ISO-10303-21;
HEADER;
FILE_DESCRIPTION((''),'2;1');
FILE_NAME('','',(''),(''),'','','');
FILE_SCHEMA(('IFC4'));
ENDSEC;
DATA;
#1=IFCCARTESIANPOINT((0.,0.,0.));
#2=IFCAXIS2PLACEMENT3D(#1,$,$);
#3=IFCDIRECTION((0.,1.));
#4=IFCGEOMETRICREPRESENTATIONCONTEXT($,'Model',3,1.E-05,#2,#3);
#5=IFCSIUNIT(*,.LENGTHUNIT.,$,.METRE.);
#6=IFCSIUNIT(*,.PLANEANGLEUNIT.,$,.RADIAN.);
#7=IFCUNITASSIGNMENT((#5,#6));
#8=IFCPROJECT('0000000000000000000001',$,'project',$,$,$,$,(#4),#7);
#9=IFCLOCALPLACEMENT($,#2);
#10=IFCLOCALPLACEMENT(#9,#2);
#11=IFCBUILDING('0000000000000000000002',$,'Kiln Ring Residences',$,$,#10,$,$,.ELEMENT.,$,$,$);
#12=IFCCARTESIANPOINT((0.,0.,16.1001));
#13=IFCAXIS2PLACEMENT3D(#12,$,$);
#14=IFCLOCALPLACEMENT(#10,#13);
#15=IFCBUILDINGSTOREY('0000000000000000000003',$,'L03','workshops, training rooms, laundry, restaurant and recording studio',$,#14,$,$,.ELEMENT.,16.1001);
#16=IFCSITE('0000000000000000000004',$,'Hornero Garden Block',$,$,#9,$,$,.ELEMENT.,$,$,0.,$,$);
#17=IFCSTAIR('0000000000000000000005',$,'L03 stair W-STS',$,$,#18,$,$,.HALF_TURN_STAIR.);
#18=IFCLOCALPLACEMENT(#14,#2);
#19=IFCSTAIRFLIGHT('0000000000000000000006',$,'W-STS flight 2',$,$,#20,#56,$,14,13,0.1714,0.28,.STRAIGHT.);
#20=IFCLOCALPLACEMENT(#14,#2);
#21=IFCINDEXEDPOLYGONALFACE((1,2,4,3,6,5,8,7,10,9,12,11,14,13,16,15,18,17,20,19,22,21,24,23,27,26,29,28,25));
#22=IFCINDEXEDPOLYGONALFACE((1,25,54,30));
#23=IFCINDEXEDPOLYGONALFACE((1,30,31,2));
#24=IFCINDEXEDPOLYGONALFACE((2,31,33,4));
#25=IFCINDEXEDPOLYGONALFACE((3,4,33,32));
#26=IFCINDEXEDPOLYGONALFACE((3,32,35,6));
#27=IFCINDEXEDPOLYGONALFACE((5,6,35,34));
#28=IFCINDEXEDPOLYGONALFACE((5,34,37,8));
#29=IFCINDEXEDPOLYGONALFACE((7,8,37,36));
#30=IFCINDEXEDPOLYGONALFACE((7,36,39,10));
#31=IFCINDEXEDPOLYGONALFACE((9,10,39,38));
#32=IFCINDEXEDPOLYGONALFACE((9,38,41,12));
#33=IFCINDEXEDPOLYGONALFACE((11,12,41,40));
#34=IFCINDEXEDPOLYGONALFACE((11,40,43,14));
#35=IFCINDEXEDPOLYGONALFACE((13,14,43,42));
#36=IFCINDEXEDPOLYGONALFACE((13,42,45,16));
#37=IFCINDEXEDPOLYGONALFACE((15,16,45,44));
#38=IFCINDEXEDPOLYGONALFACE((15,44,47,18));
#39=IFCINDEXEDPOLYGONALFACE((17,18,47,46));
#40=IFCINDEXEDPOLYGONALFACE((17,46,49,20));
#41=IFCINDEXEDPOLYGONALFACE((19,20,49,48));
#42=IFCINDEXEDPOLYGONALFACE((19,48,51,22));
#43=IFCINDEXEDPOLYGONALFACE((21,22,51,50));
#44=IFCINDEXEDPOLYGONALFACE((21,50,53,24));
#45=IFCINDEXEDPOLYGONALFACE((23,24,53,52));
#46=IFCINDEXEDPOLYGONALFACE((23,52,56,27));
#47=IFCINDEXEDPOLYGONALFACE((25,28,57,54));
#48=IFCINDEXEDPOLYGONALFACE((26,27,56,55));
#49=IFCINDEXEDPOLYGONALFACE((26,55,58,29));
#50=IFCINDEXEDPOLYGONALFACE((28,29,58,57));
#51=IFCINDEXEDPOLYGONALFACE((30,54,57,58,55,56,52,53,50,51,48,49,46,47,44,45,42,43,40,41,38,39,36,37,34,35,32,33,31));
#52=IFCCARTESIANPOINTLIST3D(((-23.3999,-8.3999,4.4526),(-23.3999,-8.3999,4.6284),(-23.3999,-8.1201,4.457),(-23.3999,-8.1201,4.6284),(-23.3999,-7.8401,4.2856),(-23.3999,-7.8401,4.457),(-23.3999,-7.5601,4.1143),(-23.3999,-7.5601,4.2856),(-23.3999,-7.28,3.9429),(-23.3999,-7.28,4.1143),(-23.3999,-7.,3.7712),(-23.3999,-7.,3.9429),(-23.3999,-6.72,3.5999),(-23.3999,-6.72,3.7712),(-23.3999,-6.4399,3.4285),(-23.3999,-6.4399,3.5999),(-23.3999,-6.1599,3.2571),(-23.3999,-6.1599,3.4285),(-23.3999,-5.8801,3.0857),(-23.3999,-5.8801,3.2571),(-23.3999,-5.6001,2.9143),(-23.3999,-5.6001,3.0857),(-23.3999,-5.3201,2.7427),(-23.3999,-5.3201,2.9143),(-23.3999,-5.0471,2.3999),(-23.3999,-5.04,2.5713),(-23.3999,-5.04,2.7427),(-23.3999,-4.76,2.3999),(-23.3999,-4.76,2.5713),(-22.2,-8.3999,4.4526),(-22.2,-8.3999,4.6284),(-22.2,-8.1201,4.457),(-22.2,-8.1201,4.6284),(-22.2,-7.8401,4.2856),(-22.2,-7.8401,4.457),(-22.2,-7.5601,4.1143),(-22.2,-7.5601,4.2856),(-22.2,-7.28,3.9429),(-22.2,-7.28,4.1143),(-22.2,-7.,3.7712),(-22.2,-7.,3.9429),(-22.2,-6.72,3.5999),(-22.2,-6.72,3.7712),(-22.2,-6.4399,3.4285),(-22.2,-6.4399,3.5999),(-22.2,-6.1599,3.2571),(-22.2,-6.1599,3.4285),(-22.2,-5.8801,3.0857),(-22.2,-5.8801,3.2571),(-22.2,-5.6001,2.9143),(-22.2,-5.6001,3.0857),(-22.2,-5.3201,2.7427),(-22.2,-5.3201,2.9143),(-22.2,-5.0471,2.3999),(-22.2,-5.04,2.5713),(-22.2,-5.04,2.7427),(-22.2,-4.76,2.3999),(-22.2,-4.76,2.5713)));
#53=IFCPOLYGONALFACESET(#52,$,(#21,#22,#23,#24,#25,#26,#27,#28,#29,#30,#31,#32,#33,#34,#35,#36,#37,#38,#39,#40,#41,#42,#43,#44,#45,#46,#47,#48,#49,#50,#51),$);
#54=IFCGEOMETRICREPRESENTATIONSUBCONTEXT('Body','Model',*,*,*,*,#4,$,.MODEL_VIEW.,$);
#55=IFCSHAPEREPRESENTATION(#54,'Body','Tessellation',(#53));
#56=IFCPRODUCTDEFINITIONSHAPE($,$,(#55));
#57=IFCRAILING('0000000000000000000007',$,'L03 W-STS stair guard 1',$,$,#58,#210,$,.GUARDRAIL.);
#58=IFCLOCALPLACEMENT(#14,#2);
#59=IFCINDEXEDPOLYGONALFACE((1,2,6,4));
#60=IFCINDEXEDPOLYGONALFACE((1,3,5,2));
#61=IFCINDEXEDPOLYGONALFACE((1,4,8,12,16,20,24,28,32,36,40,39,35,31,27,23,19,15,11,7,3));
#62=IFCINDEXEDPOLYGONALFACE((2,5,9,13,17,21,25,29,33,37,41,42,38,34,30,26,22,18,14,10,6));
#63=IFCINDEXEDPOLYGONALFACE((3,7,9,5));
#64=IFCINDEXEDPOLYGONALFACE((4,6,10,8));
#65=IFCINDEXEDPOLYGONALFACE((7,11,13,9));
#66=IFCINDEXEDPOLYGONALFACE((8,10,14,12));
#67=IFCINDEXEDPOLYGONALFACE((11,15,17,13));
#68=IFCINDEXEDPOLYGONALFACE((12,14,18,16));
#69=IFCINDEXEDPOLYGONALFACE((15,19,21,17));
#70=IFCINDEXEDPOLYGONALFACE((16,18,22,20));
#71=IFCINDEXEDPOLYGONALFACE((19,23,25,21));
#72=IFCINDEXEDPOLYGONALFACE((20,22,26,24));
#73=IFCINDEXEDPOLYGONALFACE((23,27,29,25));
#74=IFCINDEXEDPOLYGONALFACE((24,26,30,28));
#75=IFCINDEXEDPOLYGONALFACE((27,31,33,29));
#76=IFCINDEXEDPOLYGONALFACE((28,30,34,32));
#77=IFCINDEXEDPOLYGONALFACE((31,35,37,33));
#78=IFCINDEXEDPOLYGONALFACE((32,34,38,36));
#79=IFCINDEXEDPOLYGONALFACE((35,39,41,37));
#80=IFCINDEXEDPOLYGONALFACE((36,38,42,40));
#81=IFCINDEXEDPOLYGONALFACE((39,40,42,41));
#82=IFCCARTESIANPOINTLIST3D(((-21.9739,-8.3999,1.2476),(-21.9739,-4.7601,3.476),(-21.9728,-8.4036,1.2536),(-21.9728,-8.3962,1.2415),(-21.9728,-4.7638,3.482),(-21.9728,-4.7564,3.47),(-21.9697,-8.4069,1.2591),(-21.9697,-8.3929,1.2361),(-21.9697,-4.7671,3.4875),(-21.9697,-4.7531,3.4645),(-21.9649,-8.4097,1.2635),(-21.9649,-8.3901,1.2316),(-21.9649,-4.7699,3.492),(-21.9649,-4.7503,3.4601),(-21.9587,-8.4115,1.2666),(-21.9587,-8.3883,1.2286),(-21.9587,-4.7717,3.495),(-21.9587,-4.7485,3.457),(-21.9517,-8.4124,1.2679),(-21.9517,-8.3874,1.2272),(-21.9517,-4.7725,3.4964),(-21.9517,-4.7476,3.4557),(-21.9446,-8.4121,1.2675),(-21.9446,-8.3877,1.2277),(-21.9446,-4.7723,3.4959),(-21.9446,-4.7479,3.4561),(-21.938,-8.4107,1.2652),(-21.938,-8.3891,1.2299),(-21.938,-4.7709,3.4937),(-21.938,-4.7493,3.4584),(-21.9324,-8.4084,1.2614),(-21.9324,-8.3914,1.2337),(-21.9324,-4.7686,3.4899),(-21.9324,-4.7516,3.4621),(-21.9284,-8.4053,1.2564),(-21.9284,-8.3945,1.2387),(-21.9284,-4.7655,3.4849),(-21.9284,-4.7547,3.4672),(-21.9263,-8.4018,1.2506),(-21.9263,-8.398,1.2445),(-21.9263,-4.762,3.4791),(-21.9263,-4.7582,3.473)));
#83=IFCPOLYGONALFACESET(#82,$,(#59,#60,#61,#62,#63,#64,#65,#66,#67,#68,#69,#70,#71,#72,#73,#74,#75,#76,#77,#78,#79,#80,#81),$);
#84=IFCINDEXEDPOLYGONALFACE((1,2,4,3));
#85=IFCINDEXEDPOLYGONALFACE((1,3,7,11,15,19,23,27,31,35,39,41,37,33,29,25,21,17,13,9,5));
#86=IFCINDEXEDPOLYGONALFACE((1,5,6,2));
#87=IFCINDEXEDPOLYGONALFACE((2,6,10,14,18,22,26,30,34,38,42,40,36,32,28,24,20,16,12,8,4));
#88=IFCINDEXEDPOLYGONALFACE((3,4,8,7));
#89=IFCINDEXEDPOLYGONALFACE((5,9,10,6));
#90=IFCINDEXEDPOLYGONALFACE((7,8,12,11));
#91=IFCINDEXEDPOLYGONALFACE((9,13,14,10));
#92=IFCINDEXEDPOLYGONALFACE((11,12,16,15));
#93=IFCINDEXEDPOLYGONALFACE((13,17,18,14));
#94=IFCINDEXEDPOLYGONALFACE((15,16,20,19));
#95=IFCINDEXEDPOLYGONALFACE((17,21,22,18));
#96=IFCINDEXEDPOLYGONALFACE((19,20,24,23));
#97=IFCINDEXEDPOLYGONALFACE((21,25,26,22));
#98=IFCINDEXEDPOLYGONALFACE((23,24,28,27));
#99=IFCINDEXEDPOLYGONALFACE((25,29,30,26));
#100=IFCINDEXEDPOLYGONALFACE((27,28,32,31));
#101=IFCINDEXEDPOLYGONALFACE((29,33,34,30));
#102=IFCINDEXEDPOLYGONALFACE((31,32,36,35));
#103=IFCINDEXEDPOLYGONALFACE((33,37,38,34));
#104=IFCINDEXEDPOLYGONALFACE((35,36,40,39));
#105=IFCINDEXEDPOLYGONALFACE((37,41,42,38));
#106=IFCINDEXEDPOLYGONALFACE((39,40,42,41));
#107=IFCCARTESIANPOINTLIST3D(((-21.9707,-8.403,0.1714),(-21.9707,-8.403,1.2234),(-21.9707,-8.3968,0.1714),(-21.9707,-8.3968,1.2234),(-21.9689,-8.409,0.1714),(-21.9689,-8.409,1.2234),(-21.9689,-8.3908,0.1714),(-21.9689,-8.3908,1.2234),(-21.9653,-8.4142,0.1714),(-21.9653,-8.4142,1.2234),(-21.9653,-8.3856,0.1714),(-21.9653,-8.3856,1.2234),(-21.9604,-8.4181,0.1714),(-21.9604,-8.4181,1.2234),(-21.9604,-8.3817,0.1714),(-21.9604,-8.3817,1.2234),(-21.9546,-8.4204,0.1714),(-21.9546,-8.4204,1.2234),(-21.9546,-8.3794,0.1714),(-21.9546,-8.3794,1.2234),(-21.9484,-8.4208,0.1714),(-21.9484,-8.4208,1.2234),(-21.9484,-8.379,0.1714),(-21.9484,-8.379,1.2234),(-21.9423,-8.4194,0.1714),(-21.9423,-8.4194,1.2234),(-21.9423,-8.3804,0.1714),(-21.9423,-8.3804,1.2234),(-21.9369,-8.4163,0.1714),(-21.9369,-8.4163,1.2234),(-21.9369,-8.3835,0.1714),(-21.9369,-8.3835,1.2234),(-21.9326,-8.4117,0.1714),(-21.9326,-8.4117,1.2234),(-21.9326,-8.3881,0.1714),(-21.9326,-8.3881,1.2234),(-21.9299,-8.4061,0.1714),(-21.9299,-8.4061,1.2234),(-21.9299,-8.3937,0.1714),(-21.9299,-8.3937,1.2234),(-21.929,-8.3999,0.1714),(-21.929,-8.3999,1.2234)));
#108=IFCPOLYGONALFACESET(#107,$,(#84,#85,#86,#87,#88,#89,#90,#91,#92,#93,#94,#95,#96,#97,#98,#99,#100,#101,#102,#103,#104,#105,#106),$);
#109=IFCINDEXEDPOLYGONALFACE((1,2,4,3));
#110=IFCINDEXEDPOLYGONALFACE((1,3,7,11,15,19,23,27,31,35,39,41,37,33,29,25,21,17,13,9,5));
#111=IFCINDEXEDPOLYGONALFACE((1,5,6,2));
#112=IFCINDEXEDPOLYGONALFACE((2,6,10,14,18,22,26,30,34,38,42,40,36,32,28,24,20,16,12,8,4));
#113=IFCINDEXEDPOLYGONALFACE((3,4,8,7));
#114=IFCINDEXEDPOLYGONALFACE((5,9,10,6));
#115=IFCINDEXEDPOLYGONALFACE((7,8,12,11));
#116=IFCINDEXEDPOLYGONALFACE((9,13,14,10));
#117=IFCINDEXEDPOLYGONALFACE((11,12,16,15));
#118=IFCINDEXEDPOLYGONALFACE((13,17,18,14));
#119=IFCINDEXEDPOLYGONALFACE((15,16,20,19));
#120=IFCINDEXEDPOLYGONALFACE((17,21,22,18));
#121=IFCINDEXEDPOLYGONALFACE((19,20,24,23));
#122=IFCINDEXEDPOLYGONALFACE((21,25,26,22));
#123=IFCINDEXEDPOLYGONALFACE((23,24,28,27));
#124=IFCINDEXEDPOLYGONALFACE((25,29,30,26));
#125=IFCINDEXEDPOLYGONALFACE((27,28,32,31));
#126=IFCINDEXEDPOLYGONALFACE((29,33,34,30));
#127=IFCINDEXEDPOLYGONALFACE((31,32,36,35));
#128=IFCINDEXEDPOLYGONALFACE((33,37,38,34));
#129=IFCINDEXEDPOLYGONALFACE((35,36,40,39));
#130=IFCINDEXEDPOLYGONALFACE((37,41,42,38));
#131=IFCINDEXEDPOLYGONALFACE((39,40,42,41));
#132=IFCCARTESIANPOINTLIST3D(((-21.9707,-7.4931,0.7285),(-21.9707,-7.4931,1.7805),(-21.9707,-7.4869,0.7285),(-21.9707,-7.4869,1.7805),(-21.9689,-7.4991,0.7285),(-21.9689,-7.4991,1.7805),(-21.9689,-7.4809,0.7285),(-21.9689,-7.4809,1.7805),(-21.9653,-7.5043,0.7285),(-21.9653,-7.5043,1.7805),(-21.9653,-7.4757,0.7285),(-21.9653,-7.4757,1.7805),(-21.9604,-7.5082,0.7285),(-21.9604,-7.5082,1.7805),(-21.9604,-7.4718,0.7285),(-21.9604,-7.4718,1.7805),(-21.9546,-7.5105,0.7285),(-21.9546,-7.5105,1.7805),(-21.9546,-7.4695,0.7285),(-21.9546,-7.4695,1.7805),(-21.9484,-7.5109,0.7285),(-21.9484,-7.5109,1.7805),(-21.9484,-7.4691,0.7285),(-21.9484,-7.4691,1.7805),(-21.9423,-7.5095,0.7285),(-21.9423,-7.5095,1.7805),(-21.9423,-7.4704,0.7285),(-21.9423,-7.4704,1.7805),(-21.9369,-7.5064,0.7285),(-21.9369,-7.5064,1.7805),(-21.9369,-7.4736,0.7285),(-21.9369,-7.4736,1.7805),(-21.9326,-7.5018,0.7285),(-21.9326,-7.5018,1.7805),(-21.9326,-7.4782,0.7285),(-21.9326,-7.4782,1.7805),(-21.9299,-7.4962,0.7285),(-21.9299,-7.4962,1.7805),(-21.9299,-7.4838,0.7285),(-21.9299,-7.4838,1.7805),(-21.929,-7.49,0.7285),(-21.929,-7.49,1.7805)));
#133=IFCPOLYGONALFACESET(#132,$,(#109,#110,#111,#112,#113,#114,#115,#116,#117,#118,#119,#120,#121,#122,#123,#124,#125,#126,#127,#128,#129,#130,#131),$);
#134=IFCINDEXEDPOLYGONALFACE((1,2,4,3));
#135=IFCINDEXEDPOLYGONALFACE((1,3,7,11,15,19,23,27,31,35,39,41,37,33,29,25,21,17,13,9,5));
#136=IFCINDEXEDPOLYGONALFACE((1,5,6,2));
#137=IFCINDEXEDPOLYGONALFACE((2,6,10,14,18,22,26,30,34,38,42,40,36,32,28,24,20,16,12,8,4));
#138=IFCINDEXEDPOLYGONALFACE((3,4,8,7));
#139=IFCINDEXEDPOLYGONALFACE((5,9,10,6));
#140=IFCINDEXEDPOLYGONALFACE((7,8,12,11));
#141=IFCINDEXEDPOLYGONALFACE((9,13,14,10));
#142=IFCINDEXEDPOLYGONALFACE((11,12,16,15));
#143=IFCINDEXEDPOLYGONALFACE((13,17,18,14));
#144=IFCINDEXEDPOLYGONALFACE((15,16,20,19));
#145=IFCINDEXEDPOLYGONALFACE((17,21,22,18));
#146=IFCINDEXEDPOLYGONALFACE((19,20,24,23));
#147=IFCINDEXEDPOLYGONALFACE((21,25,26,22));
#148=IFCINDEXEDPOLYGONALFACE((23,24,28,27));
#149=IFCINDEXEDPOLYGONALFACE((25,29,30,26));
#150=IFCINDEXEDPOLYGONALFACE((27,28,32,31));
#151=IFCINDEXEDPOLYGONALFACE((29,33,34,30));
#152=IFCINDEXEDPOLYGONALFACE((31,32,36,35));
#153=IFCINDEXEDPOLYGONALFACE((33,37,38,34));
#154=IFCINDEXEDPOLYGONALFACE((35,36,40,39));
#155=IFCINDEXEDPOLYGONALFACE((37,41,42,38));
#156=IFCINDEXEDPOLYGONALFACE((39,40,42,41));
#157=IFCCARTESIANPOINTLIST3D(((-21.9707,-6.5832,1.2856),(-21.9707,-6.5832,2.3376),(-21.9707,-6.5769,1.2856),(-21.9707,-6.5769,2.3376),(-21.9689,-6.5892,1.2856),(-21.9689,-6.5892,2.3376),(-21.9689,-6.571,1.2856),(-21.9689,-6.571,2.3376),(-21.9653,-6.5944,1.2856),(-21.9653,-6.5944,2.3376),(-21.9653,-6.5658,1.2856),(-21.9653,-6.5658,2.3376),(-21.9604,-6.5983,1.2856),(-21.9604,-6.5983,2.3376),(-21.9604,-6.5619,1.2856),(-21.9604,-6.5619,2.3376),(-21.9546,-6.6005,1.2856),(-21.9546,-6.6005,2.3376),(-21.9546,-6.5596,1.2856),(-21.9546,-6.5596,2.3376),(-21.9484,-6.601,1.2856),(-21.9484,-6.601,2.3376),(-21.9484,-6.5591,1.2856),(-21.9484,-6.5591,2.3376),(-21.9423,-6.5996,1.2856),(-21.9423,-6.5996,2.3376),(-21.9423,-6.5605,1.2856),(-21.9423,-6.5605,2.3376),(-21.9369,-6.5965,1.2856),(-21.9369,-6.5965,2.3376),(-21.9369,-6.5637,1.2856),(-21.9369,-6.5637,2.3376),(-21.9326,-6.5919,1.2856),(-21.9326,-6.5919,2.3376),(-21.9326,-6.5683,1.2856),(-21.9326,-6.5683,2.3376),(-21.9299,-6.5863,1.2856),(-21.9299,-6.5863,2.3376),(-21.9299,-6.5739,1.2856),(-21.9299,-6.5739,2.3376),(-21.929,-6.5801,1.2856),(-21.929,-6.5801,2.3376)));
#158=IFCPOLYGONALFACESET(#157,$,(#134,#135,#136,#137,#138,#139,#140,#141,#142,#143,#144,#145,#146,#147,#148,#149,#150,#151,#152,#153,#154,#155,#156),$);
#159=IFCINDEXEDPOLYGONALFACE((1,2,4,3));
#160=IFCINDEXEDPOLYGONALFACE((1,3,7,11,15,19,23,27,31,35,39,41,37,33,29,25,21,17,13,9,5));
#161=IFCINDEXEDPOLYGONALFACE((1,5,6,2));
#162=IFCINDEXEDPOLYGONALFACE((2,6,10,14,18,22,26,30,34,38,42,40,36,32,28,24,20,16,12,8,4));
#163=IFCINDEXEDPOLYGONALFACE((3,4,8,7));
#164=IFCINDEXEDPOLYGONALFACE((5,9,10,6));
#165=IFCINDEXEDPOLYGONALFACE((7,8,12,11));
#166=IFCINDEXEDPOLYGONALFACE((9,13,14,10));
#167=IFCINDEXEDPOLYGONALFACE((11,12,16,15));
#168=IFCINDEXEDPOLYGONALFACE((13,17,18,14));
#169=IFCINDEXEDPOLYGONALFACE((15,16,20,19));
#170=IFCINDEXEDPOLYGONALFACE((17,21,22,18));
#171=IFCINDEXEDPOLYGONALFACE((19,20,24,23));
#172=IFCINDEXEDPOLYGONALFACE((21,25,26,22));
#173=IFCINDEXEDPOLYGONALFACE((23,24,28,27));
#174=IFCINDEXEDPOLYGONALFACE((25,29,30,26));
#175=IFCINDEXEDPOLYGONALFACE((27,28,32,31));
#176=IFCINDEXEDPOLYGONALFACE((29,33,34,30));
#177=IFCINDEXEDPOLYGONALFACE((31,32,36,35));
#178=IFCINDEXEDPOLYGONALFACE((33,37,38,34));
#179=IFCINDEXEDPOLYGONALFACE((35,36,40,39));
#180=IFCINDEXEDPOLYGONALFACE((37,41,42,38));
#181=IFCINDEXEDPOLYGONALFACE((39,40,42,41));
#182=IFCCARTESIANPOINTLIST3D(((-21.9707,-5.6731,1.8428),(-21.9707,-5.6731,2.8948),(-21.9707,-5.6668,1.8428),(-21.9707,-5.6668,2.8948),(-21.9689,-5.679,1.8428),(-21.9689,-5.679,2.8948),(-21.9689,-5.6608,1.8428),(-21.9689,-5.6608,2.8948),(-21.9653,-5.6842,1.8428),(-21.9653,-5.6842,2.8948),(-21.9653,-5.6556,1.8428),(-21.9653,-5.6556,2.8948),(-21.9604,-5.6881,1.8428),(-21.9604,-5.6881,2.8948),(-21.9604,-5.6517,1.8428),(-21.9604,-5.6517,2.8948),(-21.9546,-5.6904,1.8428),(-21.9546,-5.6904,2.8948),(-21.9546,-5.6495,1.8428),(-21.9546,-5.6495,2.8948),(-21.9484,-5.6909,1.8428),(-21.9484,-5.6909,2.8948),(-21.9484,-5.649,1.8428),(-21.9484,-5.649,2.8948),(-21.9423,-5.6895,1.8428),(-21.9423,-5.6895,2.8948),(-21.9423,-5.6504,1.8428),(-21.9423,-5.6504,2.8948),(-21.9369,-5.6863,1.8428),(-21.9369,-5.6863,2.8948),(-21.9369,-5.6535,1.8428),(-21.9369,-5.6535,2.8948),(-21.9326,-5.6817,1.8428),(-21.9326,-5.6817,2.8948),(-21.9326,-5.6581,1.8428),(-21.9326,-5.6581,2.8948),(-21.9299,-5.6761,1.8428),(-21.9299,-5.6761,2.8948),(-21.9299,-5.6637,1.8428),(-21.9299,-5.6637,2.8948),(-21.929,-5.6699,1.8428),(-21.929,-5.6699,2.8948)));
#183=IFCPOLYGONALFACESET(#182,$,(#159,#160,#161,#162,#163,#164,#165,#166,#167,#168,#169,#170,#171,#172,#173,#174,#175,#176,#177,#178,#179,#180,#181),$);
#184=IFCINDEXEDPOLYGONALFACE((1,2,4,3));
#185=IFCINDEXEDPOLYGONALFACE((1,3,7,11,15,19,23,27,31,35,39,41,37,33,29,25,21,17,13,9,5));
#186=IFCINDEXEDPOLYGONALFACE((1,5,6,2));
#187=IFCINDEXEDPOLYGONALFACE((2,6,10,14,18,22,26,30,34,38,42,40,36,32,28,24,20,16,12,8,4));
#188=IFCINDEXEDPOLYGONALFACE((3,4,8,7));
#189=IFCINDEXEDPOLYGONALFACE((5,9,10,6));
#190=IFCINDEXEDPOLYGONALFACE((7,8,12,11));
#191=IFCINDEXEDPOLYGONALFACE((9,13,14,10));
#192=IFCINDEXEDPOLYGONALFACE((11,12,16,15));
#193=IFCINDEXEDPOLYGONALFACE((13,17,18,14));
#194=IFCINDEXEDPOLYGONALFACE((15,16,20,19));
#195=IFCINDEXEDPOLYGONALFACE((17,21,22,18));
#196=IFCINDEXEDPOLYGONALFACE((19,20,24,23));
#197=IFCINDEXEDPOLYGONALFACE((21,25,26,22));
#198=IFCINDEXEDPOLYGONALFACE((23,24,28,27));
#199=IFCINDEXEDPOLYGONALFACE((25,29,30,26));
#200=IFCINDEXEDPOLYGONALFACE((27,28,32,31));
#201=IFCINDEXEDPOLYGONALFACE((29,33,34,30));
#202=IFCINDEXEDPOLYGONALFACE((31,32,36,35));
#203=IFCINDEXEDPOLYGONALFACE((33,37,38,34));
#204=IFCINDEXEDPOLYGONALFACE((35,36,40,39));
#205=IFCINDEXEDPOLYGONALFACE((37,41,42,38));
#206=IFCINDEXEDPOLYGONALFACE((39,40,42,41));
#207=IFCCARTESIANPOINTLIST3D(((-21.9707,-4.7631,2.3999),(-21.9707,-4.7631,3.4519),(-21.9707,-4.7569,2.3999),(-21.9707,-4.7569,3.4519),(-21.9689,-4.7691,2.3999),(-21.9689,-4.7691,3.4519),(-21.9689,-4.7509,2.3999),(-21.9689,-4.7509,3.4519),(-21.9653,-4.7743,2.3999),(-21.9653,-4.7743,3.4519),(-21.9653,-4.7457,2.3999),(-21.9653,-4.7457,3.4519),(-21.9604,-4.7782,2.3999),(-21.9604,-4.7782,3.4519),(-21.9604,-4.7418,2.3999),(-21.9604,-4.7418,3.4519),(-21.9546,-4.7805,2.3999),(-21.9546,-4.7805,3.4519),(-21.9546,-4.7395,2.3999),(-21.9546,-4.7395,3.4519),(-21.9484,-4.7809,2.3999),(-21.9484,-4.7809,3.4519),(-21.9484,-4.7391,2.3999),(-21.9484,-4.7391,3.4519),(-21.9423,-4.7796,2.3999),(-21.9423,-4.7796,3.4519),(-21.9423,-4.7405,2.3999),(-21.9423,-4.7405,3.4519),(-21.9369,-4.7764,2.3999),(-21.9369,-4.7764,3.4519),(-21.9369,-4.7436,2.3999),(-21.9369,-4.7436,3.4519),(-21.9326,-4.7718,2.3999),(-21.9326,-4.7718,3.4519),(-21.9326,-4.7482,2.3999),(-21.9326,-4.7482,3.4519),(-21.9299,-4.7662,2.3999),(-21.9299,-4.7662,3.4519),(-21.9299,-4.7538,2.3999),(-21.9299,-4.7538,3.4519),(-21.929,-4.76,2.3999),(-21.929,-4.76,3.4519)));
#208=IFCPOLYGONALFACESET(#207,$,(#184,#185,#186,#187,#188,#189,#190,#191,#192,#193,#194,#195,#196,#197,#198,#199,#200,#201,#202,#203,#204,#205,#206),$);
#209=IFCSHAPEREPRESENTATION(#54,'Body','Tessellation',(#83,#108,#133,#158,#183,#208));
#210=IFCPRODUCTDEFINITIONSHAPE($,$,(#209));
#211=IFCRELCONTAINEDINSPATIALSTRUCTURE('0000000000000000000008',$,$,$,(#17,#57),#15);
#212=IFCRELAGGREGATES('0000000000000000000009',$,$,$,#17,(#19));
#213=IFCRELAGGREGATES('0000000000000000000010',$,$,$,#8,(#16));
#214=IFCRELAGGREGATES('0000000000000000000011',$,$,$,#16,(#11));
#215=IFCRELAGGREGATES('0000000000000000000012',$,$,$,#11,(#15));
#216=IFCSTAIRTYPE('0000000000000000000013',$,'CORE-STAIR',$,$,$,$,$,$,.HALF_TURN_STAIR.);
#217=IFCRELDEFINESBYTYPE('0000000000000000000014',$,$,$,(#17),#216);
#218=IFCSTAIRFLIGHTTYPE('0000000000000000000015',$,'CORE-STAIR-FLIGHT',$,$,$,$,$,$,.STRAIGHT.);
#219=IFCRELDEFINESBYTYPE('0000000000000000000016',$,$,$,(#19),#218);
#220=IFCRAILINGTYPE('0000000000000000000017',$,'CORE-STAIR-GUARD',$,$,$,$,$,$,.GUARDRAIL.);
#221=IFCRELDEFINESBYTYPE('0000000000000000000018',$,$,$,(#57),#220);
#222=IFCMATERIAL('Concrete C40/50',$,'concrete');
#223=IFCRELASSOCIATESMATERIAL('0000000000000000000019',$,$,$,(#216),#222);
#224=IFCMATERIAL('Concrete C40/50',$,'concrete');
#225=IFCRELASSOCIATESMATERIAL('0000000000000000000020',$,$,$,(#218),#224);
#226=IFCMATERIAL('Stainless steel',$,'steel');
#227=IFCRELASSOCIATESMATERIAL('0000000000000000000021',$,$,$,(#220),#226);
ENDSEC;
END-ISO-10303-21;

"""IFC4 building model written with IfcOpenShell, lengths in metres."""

from ifc_helpers import new_model, si_unit, direction, frame, origin, origin_2d, place, context, subcontext, project, spatial, polyline, circle, outline, extrude, material, type_object, element, aggregate, save


model = new_model("IFC4")

# Units and contexts
model_context = context("Model", 3, precision=1e-05, world=origin(), true_north=direction((0.0, 1.0)))
body_context = subcontext(model_context, "Body", "Model", "MODEL_VIEW")
ifc_project = project(units=[si_unit("LENGTHUNIT", "METRE"), si_unit("PLANEANGLEUNIT", "RADIAN")], contexts=[model_context])

# Site, building, storey
site_placement = place(None, origin())
site = spatial("IfcSite", under=ifc_project, at=site_placement, Name="Hornero Garden Block", CompositionType="ELEMENT", RefElevation=0.0)
building_placement = place(site_placement, origin())
building = spatial("IfcBuilding", under=site, at=building_placement, Name="Kiln Ring Residences", CompositionType="ELEMENT")
storey_placement = place(building_placement, frame((0.0, 0.0, 16.1001)))
storey = spatial("IfcBuildingStorey", under=building, at=storey_placement, Name="L03", Description="workshops, training rooms, laundry, restaurant and recording studio", CompositionType="ELEMENT", Elevation=16.1001)

# Stair, stair flight
ifc_material_1 = material(Name="Concrete C40/50", Category="concrete")
stair_type = type_object("IfcStairType", Name="CORE-STAIR", PredefinedType="HALF_TURN_STAIR", material=ifc_material_1)
stair_placement = place(storey_placement, origin())
stair = element("IfcStair", 1, at=stair_placement, inside=storey, type_object=stair_type, Name="L03 stair W-STS", PredefinedType="HALF_TURN_STAIR")
ifc_material_2 = material(Name="Concrete C40/50", Category="concrete")
stair_flight_type = type_object("IfcStairFlightType", Name="CORE-STAIR-FLIGHT", PredefinedType="STRAIGHT", material=ifc_material_2)
stair_flight_1_placement = place(storey_placement, frame((-22.8, -4.76, 2.3999), z_axis=(0.0, 0.0, 1.0), x_axis=(0.0, -1.0, 0.0)))
stair_flight_1 = element("IfcStairFlight", 2, at=stair_flight_1_placement, type_object=stair_flight_type, Name="W-STS flight 2", NumberOfRisers=14, NumberOfTreads=13, PredefinedType="STRAIGHT", RiserHeight=0.1714, TreadLength=0.28, context=body_context, shape_type="SweptSolid", body=[
    extrude(outline(polyline([(0.0, 0.0), (0.0, 0.1714), (0.28, 0.1714), (0.28, 0.3428), (0.5601, 0.3428), (0.5601, 0.5144), (0.8401, 0.5144), (0.8401, 0.6858), (1.1201, 0.6858), (1.1201, 0.8572), (1.3999, 0.8572), (1.3999, 1.0286), (1.6799, 1.0286), (1.6799, 1.2), (1.96, 1.2), (1.96, 1.3713), (2.24, 1.3713), (2.24, 1.543), (2.52, 1.543), (2.52, 1.7144), (2.8, 1.7144), (2.8, 1.8857), (3.0801, 1.8857), (3.0801, 2.0571), (3.3601, 2.0571), (3.3601, 2.2285), (3.6399, 2.2285), (3.6399, 2.3999), (3.6399, 2.0527), (0.2871, 0.0), (0.0, 0.0)])), frame((0.0, 0.6001, 0.0), z_axis=(0.0, -1.0, 0.0), x_axis=(1.0, 0.0, 0.0)), (0.0, 0.0, 1.0), 1.2),
])
aggregate(stair, [stair_flight_1])

# Railing
ifc_material_3 = material(Name="Stainless steel", Category="steel")
railing_type_1 = type_object("IfcRailingType", Name="CORE-STAIR-GUARD", PredefinedType="GUARDRAIL", material=ifc_material_3)
railing_1_placement = place(storey_placement, frame((-21.95, -8.3999, 0.1714)))
element("IfcRailing", 3, at=railing_1_placement, inside=storey, type_object=railing_type_1, Name="L03 W-STS stair guard 1", PredefinedType="GUARDRAIL", context=body_context, shape_type="SweptSolid", body=[
    extrude(circle(Radius=0.0239, at=origin_2d()), frame((0.0, 0.0, 1.0762), z_axis=(0.0, 0.85285, 0.522156), x_axis=(-1.0, 0.0, 0.0)), (0.0, 0.0, 1.0), 4.2678),
    extrude(circle(Radius=0.021, at=origin_2d()), origin(), (0.0, 0.0, 1.0), 1.052),
    extrude(circle(Radius=0.021, at=origin_2d()), frame((0.0, 0.9099, 0.5571)), (0.0, 0.0, 1.0), 1.052),
    extrude(circle(Radius=0.021, at=origin_2d()), frame((0.0, 1.8198, 1.1143)), (0.0, 0.0, 1.0), 1.052),
    extrude(circle(Radius=0.021, at=origin_2d()), frame((0.0, 2.73, 1.6714)), (0.0, 0.0, 1.0), 1.052),
    extrude(circle(Radius=0.021, at=origin_2d()), frame((0.0, 3.6399, 2.2285)), (0.0, 0.0, 1.0), 1.052),
])

save(model, "model.ifc")
